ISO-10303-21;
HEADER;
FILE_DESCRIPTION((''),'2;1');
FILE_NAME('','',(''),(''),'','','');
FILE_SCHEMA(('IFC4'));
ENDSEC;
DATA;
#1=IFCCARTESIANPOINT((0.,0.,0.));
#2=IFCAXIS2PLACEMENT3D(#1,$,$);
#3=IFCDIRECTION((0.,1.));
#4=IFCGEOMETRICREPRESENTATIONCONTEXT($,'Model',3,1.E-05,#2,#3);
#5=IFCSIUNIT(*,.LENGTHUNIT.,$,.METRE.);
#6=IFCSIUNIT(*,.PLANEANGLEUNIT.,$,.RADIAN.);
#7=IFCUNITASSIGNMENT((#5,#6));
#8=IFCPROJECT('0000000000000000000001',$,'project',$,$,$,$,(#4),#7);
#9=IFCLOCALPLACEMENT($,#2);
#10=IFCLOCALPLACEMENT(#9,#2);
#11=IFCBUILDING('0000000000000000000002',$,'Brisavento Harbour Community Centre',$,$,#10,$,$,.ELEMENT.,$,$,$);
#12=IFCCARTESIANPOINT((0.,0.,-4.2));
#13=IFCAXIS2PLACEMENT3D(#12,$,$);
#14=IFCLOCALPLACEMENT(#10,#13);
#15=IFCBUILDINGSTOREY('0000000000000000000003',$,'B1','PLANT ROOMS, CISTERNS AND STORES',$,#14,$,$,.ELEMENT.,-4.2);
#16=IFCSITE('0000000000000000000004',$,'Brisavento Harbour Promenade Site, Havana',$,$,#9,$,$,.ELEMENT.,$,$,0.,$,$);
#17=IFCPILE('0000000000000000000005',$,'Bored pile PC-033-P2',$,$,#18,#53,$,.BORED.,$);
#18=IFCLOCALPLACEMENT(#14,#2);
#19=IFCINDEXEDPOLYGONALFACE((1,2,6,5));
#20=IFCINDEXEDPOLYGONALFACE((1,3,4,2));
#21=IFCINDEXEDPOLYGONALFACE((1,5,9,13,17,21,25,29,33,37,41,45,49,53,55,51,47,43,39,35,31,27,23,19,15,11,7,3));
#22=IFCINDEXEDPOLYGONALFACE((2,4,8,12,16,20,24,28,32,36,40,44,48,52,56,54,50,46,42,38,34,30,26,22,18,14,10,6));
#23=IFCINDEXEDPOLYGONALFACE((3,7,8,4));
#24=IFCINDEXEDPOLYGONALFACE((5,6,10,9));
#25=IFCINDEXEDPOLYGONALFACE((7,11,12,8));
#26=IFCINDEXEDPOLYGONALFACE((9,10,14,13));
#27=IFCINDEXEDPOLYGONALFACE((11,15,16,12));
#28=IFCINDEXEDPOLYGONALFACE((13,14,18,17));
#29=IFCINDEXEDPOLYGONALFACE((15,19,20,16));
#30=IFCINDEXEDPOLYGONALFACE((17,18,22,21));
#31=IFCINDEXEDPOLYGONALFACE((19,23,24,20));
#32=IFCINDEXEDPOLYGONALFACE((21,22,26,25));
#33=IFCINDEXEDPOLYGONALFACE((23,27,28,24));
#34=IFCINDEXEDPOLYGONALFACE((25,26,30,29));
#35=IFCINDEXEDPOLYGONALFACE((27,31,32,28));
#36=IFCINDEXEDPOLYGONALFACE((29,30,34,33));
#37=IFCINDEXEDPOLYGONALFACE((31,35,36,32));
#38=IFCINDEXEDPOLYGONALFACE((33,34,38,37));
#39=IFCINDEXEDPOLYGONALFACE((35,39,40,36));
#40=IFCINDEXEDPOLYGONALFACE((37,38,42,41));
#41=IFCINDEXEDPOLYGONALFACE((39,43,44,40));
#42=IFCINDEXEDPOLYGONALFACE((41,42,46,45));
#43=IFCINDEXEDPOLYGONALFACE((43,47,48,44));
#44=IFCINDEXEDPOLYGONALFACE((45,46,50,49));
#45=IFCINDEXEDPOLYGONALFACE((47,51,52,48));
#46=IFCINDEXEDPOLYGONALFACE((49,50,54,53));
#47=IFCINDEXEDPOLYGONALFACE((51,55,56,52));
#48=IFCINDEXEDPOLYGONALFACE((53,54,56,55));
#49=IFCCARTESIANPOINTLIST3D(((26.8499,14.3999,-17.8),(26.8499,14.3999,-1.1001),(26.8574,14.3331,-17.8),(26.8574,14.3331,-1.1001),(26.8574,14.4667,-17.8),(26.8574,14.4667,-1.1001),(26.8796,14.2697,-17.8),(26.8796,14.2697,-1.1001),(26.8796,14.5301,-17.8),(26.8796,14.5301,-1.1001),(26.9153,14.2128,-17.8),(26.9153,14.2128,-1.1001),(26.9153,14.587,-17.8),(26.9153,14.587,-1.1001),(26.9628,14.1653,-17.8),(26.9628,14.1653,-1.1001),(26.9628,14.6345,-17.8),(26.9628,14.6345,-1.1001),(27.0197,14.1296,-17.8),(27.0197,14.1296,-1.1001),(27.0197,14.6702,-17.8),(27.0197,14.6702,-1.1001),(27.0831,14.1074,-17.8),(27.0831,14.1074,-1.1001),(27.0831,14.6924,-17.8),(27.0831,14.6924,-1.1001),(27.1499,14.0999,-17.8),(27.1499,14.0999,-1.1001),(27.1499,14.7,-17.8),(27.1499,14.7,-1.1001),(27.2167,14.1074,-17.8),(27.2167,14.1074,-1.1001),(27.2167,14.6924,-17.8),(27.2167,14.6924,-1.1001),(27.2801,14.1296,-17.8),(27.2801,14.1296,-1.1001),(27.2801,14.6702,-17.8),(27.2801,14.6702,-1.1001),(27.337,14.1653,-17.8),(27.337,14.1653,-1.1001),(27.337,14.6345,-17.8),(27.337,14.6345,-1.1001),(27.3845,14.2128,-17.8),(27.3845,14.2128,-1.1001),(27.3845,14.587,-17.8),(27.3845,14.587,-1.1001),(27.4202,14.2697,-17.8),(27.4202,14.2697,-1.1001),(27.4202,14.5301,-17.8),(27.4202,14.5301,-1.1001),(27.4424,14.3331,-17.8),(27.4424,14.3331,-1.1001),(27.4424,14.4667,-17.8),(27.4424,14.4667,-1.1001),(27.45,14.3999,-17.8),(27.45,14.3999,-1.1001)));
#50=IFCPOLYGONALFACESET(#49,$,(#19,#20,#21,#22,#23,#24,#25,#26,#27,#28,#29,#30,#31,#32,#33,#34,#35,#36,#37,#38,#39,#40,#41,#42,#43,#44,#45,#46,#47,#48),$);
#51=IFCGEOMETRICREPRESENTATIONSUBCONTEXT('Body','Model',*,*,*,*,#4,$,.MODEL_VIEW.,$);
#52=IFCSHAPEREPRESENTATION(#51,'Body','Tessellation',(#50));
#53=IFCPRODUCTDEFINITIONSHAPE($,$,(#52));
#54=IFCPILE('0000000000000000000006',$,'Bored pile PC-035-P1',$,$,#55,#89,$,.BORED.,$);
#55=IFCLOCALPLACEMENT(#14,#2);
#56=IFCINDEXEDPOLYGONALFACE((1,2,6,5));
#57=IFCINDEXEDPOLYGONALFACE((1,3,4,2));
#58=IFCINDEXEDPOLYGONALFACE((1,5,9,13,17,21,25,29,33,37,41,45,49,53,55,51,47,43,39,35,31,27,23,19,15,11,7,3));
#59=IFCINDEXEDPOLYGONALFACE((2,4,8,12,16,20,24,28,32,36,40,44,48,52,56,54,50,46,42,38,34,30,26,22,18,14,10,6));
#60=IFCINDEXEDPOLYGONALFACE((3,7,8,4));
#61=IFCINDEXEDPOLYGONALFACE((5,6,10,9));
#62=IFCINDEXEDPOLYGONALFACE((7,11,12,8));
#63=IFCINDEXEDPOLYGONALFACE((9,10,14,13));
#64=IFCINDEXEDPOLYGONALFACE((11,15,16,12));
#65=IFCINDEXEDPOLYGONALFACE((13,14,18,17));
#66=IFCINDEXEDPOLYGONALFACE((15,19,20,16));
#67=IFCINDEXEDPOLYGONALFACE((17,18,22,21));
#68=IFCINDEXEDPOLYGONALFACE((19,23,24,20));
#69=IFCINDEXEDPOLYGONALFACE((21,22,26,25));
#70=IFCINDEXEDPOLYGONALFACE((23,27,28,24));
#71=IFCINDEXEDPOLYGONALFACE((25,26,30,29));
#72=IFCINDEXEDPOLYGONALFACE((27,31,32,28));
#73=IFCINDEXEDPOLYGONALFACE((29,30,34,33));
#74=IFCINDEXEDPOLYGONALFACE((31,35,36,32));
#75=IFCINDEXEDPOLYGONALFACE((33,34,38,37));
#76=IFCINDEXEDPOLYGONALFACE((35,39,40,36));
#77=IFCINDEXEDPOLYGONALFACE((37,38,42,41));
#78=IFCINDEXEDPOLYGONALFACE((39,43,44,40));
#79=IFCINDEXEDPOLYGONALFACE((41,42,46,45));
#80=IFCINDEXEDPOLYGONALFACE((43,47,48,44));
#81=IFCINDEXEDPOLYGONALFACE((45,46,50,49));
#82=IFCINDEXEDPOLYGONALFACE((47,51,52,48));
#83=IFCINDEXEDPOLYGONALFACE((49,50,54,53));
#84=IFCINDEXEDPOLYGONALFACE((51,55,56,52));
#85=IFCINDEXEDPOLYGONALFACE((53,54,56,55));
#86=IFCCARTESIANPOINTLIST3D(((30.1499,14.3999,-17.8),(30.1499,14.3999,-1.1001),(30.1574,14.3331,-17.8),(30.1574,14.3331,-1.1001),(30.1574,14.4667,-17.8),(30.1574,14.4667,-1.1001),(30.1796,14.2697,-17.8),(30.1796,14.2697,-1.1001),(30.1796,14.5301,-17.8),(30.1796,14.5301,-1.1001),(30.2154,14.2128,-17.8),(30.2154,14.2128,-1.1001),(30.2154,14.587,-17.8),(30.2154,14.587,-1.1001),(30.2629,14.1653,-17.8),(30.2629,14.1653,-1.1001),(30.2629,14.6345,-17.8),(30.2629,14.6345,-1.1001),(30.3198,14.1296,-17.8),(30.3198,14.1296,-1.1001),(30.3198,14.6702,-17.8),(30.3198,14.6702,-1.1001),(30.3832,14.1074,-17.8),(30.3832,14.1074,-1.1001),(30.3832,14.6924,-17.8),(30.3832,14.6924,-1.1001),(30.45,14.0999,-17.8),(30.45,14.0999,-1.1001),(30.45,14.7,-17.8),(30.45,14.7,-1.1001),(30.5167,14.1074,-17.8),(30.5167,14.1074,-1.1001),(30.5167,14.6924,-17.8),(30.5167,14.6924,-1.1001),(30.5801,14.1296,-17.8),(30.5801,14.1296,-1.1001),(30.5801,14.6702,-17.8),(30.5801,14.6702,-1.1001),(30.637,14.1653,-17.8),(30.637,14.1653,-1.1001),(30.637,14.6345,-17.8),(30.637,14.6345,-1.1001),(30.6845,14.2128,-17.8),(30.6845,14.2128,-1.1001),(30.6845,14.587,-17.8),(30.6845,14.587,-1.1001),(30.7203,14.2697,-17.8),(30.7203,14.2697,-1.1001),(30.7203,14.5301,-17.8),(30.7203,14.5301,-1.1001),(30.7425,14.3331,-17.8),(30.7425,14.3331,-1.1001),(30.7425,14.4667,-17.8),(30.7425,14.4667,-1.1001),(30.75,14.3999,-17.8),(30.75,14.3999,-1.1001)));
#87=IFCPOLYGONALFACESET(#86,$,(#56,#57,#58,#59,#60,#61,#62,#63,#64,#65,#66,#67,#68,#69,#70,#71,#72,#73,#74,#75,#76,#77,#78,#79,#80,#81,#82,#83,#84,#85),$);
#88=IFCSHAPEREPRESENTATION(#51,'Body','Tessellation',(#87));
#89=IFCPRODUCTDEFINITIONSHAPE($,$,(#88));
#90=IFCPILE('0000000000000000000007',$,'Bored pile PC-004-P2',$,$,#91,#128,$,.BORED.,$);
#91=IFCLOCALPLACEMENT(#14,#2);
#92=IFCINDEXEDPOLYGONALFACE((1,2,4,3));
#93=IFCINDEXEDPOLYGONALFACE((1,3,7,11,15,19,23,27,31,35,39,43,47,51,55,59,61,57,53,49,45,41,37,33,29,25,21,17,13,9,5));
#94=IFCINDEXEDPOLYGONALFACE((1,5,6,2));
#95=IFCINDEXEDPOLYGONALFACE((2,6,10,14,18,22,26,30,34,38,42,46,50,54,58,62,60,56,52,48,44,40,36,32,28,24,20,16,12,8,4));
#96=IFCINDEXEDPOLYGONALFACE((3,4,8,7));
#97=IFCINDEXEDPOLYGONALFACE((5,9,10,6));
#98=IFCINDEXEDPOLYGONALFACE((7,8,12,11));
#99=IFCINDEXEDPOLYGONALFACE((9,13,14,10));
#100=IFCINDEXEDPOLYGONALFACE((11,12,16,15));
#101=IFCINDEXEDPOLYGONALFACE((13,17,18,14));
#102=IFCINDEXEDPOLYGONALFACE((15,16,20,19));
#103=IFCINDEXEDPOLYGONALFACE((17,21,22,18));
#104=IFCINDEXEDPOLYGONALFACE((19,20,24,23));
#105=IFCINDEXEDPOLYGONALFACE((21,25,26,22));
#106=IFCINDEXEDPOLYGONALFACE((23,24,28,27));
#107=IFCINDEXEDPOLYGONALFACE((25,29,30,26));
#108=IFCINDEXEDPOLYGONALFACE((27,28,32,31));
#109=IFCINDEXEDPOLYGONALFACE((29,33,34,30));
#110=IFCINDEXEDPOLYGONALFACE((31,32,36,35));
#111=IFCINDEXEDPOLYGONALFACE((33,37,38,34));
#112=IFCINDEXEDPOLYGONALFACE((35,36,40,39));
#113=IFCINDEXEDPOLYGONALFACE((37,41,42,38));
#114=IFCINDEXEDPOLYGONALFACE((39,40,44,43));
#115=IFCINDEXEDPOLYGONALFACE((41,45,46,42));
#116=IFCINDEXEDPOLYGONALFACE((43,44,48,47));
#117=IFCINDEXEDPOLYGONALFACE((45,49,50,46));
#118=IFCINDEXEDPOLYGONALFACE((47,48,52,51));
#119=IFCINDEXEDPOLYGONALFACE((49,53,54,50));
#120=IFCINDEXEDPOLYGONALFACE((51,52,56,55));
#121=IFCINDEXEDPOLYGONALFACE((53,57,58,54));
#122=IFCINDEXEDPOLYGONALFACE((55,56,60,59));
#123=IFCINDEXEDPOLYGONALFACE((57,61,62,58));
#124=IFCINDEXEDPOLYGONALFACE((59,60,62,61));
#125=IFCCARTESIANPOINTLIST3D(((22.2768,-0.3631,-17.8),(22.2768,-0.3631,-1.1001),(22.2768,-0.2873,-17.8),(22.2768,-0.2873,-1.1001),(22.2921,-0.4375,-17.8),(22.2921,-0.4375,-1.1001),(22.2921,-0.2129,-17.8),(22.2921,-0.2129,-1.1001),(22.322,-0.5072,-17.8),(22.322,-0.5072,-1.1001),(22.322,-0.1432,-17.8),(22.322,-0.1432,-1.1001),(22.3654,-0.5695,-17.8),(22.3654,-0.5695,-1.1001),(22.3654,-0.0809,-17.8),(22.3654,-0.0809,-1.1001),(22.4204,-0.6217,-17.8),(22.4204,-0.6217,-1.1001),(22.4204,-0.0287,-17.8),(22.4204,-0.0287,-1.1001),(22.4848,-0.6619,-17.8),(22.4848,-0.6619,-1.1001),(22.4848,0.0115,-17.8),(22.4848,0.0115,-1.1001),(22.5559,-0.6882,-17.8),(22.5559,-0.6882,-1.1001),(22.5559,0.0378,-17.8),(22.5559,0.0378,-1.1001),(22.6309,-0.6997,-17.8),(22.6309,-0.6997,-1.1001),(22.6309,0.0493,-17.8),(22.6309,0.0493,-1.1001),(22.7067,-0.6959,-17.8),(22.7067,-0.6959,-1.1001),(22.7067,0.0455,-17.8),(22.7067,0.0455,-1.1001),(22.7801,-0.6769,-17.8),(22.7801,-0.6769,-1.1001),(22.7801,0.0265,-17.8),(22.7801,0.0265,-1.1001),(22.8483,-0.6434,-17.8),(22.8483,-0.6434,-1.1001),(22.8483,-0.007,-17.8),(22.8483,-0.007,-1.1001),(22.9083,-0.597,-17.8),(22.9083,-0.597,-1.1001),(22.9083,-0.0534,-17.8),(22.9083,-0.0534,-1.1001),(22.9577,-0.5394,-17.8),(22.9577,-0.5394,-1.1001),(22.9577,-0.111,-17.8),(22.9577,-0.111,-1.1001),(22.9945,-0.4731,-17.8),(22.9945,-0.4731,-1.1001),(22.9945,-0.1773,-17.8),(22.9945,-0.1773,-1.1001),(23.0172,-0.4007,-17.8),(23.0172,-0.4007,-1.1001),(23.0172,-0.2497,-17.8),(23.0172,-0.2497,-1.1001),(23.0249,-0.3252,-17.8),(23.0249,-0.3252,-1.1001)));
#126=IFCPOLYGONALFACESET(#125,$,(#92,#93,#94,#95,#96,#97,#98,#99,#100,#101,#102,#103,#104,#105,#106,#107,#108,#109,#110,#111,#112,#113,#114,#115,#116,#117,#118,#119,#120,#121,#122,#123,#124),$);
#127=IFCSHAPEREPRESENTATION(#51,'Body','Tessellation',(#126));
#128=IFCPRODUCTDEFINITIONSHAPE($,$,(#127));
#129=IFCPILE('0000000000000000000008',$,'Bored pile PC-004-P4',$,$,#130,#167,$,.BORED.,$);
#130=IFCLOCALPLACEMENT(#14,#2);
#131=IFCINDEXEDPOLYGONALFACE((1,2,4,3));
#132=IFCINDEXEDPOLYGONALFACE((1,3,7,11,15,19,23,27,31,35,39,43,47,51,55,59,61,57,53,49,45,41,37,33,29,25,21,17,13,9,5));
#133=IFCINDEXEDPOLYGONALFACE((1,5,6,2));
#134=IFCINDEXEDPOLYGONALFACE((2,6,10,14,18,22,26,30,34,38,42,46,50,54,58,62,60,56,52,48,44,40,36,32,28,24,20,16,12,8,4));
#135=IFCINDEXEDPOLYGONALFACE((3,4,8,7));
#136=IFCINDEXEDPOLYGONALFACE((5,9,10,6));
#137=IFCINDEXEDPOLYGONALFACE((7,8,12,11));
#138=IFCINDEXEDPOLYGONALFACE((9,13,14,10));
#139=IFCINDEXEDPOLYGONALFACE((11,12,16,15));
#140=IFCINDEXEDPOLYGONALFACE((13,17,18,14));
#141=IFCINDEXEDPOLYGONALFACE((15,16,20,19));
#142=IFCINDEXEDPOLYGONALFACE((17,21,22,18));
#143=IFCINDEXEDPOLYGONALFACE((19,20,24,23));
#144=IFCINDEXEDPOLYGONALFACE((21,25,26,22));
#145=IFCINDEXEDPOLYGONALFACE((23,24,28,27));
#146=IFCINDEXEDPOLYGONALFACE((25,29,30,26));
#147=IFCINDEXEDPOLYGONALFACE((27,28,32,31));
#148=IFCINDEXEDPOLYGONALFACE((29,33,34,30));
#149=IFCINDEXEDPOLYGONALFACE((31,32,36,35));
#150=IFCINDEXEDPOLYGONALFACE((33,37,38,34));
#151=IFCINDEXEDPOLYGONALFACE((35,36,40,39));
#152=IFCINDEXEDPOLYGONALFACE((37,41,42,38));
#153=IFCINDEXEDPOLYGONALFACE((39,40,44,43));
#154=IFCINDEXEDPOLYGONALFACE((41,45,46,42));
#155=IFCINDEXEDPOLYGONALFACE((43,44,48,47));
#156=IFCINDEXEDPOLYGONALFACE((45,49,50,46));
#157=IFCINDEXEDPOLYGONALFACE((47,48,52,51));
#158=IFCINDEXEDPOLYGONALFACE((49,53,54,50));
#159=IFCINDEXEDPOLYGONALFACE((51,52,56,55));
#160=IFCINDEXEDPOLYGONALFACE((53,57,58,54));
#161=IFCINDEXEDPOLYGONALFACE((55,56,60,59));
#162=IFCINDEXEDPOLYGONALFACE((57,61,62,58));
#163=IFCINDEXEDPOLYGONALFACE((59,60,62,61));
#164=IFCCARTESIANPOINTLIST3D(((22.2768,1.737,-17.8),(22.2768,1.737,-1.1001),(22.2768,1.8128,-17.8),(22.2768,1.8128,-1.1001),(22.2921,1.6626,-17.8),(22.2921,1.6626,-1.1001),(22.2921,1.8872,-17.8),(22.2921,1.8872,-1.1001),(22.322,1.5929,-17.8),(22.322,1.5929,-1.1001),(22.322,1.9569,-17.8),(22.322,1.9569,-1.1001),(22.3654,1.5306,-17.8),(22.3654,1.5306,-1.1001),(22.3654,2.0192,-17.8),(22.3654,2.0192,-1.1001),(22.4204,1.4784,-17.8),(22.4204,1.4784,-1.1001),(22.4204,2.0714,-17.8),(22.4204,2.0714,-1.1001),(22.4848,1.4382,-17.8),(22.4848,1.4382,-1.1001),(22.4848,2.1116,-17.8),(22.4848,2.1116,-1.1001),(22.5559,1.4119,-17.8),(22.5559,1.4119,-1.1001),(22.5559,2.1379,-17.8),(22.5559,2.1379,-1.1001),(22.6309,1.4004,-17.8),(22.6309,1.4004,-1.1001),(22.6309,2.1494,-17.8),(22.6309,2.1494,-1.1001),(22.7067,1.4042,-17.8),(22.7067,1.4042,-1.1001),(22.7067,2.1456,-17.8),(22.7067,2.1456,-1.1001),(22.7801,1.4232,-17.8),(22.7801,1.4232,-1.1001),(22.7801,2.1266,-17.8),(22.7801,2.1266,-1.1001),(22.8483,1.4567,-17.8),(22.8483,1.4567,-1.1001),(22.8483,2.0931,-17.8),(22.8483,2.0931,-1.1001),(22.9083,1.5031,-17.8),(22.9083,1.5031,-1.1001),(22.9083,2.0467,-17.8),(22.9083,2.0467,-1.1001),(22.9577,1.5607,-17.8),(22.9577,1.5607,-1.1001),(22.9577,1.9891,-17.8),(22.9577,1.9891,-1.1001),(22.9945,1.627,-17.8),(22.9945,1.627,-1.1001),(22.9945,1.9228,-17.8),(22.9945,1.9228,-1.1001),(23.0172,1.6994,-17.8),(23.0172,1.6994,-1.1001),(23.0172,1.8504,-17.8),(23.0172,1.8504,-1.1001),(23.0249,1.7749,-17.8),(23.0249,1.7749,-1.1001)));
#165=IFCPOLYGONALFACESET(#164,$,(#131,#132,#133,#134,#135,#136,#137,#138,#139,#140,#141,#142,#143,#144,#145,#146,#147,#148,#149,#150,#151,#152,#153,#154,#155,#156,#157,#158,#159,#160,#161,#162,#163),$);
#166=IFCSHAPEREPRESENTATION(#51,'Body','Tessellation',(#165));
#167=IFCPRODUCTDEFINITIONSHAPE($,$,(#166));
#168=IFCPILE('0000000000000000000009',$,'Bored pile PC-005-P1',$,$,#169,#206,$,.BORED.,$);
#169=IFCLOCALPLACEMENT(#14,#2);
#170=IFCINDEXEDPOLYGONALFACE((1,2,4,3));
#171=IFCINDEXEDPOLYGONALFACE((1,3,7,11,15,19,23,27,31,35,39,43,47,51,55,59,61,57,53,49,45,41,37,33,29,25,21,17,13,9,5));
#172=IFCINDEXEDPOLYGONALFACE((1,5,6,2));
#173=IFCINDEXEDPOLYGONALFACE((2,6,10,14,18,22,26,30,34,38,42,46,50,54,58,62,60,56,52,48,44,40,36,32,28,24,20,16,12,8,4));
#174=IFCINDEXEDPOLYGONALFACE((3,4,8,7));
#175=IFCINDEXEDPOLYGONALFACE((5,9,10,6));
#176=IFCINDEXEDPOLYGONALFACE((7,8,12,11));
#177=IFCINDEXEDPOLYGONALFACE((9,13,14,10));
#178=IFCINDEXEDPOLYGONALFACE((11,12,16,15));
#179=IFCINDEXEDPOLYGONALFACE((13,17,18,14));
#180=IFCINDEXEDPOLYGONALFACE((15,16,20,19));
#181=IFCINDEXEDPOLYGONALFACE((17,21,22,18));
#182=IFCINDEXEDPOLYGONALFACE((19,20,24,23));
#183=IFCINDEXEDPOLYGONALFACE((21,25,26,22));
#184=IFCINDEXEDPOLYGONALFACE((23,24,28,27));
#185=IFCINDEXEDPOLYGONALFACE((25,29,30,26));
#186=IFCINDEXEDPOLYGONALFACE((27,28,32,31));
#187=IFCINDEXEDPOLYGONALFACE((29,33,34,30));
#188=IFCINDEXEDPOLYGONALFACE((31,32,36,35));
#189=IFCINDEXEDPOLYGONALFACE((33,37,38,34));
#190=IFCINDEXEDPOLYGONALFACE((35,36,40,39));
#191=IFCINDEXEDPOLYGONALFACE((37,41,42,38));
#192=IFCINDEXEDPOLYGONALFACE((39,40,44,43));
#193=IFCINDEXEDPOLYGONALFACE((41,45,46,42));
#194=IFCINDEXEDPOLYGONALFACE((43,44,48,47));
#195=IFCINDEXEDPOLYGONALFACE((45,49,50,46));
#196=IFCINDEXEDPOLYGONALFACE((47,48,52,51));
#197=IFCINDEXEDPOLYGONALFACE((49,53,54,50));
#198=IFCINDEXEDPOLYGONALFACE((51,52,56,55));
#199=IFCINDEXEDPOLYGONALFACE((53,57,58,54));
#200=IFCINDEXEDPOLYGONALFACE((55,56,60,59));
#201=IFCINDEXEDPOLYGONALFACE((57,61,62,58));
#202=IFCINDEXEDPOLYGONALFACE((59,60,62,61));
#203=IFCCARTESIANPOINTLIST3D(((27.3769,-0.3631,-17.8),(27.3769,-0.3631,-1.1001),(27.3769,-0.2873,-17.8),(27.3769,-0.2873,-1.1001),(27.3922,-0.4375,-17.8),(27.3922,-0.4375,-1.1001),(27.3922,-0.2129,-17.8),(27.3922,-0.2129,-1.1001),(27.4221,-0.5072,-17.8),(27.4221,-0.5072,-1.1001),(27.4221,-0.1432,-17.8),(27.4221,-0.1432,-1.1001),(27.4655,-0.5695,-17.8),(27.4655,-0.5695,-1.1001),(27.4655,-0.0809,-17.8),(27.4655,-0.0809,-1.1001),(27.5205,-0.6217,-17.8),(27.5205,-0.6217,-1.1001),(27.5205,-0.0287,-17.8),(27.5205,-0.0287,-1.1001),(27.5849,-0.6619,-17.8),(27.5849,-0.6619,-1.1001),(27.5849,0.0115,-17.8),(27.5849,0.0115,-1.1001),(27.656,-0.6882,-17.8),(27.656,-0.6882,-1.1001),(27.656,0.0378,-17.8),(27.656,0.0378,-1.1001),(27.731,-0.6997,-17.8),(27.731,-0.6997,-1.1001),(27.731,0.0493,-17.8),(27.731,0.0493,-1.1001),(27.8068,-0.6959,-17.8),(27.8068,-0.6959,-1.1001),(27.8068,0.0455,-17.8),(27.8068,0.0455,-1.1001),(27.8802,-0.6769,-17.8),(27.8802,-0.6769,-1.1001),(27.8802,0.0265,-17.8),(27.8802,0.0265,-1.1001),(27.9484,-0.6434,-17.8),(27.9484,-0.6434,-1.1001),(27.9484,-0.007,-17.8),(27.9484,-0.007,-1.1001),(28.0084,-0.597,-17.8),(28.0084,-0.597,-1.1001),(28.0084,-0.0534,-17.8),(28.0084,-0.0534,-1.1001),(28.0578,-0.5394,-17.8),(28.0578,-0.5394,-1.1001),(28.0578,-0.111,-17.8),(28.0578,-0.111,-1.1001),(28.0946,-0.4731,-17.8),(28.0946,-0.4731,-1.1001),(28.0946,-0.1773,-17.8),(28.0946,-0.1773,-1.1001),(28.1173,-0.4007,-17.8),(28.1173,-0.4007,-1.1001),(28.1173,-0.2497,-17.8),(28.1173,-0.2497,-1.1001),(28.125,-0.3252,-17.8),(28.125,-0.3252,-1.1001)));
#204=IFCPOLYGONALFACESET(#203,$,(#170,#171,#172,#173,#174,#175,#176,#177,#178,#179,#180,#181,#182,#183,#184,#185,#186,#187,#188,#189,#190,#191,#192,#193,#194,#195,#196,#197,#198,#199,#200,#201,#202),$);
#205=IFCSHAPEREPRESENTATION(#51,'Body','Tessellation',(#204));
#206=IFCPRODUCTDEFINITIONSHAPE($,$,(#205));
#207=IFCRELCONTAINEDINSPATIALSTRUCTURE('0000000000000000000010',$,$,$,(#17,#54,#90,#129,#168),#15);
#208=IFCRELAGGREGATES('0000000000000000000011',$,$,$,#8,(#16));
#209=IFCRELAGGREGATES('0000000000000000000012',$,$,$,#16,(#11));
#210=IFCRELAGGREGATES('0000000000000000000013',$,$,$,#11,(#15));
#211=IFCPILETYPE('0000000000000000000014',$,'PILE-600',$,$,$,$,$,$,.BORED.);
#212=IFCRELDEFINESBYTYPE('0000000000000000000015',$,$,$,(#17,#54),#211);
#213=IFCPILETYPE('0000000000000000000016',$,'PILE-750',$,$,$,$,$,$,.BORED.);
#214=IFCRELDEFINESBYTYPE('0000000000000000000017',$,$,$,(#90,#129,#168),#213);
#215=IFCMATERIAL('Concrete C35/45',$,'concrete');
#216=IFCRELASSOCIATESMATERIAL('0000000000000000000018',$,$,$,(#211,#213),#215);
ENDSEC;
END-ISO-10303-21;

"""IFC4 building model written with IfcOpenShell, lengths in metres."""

from ifc_helpers import new_model, si_unit, direction, frame, origin, origin_2d, place, context, subcontext, project, spatial, circle, extrude, material, material_profile, profile_set, type_object, element, save


model = new_model("IFC4")

# Units and contexts
model_context = context("Model", 3, precision=1e-05, world=origin(), true_north=direction((0.0, 1.0)))
body_context = subcontext(model_context, "Body", "Model", "MODEL_VIEW")
ifc_project = project(units=[si_unit("LENGTHUNIT", "METRE"), si_unit("PLANEANGLEUNIT", "RADIAN")], contexts=[model_context])

# Site, building, storey
site_placement = place(None, origin())
site = spatial("IfcSite", under=ifc_project, at=site_placement, Name="Brisavento Harbour Promenade Site, Havana", CompositionType="ELEMENT", RefElevation=0.0)
building_placement = place(site_placement, origin())
building = spatial("IfcBuilding", under=site, at=building_placement, Name="Brisavento Harbour Community Centre", CompositionType="ELEMENT")
storey_placement = place(building_placement, frame((0.0, 0.0, -4.2)))
storey = spatial("IfcBuildingStorey", under=building, at=storey_placement, Name="B1", Description="PLANT ROOMS, CISTERNS AND STORES", CompositionType="ELEMENT", Elevation=-4.2)

# Shared definitions
ifc_material_1 = material(Name="Concrete C35/45", Category="concrete")

# Piles
ifc_material_profile_1 = material_profile(ifc_material_1, circle(Radius=0.3, at=origin_2d()), Name="Concrete C35/45")
ifc_profile_set_1 = profile_set([ifc_material_profile_1], Name="Concrete C35/45")
pile_type_1 = type_object("IfcPileType", Name="PILE-600", PredefinedType="BORED", material=ifc_profile_set_1)
for number, where, z_axis, x_axis, name in (
    (1, (27.1499, 14.3999, -1.1001), (0.0, 0.0, -1.0), (1.0, 0.0, 0.0), "Bored pile PC-033-P2"),
    (2, (30.45, 14.3999, -1.1001), (0.0, 0.0, -1.0), (1.0, 0.0, 0.0), "Bored pile PC-035-P1"),
):
    element("IfcPile", number, at=place(storey_placement, frame(where, z_axis=z_axis, x_axis=x_axis)), inside=storey, type_object=pile_type_1, Name=name, PredefinedType="BORED", context=body_context, shape_type="SweptSolid", body=[
        extrude(circle(Radius=0.3, at=origin_2d()), origin(), (0.0, 0.0, 1.0), 16.7),
    ])
ifc_material_profile_2 = material_profile(ifc_material_1, circle(Radius=0.375, at=origin_2d()), Name="Concrete C35/45")
ifc_profile_set_2 = profile_set([ifc_material_profile_2], Name="Concrete C35/45")
pile_type_2 = type_object("IfcPileType", Name="PILE-750", PredefinedType="BORED", material=ifc_profile_set_2)
for number, where, z_axis, x_axis, name in (
    (3, (22.6499, -0.3252, -1.1001), (0.0, 0.0, -1.0), (1.0, 0.0, 0.0), "Bored pile PC-004-P2"),
    (4, (22.6499, 1.7749, -1.1001), (0.0, 0.0, -1.0), (1.0, 0.0, 0.0), "Bored pile PC-004-P4"),
    (5, (27.75, -0.3252, -1.1001), (0.0, 0.0, -1.0), (1.0, 0.0, 0.0), "Bored pile PC-005-P1"),
):
    element("IfcPile", number, at=place(storey_placement, frame(where, z_axis=z_axis, x_axis=x_axis)), inside=storey, type_object=pile_type_2, Name=name, PredefinedType="BORED", context=body_context, shape_type="SweptSolid", body=[
        extrude(circle(Radius=0.375, at=origin_2d()), origin(), (0.0, 0.0, 1.0), 16.7),
    ])

save(model, "model.ifc")
